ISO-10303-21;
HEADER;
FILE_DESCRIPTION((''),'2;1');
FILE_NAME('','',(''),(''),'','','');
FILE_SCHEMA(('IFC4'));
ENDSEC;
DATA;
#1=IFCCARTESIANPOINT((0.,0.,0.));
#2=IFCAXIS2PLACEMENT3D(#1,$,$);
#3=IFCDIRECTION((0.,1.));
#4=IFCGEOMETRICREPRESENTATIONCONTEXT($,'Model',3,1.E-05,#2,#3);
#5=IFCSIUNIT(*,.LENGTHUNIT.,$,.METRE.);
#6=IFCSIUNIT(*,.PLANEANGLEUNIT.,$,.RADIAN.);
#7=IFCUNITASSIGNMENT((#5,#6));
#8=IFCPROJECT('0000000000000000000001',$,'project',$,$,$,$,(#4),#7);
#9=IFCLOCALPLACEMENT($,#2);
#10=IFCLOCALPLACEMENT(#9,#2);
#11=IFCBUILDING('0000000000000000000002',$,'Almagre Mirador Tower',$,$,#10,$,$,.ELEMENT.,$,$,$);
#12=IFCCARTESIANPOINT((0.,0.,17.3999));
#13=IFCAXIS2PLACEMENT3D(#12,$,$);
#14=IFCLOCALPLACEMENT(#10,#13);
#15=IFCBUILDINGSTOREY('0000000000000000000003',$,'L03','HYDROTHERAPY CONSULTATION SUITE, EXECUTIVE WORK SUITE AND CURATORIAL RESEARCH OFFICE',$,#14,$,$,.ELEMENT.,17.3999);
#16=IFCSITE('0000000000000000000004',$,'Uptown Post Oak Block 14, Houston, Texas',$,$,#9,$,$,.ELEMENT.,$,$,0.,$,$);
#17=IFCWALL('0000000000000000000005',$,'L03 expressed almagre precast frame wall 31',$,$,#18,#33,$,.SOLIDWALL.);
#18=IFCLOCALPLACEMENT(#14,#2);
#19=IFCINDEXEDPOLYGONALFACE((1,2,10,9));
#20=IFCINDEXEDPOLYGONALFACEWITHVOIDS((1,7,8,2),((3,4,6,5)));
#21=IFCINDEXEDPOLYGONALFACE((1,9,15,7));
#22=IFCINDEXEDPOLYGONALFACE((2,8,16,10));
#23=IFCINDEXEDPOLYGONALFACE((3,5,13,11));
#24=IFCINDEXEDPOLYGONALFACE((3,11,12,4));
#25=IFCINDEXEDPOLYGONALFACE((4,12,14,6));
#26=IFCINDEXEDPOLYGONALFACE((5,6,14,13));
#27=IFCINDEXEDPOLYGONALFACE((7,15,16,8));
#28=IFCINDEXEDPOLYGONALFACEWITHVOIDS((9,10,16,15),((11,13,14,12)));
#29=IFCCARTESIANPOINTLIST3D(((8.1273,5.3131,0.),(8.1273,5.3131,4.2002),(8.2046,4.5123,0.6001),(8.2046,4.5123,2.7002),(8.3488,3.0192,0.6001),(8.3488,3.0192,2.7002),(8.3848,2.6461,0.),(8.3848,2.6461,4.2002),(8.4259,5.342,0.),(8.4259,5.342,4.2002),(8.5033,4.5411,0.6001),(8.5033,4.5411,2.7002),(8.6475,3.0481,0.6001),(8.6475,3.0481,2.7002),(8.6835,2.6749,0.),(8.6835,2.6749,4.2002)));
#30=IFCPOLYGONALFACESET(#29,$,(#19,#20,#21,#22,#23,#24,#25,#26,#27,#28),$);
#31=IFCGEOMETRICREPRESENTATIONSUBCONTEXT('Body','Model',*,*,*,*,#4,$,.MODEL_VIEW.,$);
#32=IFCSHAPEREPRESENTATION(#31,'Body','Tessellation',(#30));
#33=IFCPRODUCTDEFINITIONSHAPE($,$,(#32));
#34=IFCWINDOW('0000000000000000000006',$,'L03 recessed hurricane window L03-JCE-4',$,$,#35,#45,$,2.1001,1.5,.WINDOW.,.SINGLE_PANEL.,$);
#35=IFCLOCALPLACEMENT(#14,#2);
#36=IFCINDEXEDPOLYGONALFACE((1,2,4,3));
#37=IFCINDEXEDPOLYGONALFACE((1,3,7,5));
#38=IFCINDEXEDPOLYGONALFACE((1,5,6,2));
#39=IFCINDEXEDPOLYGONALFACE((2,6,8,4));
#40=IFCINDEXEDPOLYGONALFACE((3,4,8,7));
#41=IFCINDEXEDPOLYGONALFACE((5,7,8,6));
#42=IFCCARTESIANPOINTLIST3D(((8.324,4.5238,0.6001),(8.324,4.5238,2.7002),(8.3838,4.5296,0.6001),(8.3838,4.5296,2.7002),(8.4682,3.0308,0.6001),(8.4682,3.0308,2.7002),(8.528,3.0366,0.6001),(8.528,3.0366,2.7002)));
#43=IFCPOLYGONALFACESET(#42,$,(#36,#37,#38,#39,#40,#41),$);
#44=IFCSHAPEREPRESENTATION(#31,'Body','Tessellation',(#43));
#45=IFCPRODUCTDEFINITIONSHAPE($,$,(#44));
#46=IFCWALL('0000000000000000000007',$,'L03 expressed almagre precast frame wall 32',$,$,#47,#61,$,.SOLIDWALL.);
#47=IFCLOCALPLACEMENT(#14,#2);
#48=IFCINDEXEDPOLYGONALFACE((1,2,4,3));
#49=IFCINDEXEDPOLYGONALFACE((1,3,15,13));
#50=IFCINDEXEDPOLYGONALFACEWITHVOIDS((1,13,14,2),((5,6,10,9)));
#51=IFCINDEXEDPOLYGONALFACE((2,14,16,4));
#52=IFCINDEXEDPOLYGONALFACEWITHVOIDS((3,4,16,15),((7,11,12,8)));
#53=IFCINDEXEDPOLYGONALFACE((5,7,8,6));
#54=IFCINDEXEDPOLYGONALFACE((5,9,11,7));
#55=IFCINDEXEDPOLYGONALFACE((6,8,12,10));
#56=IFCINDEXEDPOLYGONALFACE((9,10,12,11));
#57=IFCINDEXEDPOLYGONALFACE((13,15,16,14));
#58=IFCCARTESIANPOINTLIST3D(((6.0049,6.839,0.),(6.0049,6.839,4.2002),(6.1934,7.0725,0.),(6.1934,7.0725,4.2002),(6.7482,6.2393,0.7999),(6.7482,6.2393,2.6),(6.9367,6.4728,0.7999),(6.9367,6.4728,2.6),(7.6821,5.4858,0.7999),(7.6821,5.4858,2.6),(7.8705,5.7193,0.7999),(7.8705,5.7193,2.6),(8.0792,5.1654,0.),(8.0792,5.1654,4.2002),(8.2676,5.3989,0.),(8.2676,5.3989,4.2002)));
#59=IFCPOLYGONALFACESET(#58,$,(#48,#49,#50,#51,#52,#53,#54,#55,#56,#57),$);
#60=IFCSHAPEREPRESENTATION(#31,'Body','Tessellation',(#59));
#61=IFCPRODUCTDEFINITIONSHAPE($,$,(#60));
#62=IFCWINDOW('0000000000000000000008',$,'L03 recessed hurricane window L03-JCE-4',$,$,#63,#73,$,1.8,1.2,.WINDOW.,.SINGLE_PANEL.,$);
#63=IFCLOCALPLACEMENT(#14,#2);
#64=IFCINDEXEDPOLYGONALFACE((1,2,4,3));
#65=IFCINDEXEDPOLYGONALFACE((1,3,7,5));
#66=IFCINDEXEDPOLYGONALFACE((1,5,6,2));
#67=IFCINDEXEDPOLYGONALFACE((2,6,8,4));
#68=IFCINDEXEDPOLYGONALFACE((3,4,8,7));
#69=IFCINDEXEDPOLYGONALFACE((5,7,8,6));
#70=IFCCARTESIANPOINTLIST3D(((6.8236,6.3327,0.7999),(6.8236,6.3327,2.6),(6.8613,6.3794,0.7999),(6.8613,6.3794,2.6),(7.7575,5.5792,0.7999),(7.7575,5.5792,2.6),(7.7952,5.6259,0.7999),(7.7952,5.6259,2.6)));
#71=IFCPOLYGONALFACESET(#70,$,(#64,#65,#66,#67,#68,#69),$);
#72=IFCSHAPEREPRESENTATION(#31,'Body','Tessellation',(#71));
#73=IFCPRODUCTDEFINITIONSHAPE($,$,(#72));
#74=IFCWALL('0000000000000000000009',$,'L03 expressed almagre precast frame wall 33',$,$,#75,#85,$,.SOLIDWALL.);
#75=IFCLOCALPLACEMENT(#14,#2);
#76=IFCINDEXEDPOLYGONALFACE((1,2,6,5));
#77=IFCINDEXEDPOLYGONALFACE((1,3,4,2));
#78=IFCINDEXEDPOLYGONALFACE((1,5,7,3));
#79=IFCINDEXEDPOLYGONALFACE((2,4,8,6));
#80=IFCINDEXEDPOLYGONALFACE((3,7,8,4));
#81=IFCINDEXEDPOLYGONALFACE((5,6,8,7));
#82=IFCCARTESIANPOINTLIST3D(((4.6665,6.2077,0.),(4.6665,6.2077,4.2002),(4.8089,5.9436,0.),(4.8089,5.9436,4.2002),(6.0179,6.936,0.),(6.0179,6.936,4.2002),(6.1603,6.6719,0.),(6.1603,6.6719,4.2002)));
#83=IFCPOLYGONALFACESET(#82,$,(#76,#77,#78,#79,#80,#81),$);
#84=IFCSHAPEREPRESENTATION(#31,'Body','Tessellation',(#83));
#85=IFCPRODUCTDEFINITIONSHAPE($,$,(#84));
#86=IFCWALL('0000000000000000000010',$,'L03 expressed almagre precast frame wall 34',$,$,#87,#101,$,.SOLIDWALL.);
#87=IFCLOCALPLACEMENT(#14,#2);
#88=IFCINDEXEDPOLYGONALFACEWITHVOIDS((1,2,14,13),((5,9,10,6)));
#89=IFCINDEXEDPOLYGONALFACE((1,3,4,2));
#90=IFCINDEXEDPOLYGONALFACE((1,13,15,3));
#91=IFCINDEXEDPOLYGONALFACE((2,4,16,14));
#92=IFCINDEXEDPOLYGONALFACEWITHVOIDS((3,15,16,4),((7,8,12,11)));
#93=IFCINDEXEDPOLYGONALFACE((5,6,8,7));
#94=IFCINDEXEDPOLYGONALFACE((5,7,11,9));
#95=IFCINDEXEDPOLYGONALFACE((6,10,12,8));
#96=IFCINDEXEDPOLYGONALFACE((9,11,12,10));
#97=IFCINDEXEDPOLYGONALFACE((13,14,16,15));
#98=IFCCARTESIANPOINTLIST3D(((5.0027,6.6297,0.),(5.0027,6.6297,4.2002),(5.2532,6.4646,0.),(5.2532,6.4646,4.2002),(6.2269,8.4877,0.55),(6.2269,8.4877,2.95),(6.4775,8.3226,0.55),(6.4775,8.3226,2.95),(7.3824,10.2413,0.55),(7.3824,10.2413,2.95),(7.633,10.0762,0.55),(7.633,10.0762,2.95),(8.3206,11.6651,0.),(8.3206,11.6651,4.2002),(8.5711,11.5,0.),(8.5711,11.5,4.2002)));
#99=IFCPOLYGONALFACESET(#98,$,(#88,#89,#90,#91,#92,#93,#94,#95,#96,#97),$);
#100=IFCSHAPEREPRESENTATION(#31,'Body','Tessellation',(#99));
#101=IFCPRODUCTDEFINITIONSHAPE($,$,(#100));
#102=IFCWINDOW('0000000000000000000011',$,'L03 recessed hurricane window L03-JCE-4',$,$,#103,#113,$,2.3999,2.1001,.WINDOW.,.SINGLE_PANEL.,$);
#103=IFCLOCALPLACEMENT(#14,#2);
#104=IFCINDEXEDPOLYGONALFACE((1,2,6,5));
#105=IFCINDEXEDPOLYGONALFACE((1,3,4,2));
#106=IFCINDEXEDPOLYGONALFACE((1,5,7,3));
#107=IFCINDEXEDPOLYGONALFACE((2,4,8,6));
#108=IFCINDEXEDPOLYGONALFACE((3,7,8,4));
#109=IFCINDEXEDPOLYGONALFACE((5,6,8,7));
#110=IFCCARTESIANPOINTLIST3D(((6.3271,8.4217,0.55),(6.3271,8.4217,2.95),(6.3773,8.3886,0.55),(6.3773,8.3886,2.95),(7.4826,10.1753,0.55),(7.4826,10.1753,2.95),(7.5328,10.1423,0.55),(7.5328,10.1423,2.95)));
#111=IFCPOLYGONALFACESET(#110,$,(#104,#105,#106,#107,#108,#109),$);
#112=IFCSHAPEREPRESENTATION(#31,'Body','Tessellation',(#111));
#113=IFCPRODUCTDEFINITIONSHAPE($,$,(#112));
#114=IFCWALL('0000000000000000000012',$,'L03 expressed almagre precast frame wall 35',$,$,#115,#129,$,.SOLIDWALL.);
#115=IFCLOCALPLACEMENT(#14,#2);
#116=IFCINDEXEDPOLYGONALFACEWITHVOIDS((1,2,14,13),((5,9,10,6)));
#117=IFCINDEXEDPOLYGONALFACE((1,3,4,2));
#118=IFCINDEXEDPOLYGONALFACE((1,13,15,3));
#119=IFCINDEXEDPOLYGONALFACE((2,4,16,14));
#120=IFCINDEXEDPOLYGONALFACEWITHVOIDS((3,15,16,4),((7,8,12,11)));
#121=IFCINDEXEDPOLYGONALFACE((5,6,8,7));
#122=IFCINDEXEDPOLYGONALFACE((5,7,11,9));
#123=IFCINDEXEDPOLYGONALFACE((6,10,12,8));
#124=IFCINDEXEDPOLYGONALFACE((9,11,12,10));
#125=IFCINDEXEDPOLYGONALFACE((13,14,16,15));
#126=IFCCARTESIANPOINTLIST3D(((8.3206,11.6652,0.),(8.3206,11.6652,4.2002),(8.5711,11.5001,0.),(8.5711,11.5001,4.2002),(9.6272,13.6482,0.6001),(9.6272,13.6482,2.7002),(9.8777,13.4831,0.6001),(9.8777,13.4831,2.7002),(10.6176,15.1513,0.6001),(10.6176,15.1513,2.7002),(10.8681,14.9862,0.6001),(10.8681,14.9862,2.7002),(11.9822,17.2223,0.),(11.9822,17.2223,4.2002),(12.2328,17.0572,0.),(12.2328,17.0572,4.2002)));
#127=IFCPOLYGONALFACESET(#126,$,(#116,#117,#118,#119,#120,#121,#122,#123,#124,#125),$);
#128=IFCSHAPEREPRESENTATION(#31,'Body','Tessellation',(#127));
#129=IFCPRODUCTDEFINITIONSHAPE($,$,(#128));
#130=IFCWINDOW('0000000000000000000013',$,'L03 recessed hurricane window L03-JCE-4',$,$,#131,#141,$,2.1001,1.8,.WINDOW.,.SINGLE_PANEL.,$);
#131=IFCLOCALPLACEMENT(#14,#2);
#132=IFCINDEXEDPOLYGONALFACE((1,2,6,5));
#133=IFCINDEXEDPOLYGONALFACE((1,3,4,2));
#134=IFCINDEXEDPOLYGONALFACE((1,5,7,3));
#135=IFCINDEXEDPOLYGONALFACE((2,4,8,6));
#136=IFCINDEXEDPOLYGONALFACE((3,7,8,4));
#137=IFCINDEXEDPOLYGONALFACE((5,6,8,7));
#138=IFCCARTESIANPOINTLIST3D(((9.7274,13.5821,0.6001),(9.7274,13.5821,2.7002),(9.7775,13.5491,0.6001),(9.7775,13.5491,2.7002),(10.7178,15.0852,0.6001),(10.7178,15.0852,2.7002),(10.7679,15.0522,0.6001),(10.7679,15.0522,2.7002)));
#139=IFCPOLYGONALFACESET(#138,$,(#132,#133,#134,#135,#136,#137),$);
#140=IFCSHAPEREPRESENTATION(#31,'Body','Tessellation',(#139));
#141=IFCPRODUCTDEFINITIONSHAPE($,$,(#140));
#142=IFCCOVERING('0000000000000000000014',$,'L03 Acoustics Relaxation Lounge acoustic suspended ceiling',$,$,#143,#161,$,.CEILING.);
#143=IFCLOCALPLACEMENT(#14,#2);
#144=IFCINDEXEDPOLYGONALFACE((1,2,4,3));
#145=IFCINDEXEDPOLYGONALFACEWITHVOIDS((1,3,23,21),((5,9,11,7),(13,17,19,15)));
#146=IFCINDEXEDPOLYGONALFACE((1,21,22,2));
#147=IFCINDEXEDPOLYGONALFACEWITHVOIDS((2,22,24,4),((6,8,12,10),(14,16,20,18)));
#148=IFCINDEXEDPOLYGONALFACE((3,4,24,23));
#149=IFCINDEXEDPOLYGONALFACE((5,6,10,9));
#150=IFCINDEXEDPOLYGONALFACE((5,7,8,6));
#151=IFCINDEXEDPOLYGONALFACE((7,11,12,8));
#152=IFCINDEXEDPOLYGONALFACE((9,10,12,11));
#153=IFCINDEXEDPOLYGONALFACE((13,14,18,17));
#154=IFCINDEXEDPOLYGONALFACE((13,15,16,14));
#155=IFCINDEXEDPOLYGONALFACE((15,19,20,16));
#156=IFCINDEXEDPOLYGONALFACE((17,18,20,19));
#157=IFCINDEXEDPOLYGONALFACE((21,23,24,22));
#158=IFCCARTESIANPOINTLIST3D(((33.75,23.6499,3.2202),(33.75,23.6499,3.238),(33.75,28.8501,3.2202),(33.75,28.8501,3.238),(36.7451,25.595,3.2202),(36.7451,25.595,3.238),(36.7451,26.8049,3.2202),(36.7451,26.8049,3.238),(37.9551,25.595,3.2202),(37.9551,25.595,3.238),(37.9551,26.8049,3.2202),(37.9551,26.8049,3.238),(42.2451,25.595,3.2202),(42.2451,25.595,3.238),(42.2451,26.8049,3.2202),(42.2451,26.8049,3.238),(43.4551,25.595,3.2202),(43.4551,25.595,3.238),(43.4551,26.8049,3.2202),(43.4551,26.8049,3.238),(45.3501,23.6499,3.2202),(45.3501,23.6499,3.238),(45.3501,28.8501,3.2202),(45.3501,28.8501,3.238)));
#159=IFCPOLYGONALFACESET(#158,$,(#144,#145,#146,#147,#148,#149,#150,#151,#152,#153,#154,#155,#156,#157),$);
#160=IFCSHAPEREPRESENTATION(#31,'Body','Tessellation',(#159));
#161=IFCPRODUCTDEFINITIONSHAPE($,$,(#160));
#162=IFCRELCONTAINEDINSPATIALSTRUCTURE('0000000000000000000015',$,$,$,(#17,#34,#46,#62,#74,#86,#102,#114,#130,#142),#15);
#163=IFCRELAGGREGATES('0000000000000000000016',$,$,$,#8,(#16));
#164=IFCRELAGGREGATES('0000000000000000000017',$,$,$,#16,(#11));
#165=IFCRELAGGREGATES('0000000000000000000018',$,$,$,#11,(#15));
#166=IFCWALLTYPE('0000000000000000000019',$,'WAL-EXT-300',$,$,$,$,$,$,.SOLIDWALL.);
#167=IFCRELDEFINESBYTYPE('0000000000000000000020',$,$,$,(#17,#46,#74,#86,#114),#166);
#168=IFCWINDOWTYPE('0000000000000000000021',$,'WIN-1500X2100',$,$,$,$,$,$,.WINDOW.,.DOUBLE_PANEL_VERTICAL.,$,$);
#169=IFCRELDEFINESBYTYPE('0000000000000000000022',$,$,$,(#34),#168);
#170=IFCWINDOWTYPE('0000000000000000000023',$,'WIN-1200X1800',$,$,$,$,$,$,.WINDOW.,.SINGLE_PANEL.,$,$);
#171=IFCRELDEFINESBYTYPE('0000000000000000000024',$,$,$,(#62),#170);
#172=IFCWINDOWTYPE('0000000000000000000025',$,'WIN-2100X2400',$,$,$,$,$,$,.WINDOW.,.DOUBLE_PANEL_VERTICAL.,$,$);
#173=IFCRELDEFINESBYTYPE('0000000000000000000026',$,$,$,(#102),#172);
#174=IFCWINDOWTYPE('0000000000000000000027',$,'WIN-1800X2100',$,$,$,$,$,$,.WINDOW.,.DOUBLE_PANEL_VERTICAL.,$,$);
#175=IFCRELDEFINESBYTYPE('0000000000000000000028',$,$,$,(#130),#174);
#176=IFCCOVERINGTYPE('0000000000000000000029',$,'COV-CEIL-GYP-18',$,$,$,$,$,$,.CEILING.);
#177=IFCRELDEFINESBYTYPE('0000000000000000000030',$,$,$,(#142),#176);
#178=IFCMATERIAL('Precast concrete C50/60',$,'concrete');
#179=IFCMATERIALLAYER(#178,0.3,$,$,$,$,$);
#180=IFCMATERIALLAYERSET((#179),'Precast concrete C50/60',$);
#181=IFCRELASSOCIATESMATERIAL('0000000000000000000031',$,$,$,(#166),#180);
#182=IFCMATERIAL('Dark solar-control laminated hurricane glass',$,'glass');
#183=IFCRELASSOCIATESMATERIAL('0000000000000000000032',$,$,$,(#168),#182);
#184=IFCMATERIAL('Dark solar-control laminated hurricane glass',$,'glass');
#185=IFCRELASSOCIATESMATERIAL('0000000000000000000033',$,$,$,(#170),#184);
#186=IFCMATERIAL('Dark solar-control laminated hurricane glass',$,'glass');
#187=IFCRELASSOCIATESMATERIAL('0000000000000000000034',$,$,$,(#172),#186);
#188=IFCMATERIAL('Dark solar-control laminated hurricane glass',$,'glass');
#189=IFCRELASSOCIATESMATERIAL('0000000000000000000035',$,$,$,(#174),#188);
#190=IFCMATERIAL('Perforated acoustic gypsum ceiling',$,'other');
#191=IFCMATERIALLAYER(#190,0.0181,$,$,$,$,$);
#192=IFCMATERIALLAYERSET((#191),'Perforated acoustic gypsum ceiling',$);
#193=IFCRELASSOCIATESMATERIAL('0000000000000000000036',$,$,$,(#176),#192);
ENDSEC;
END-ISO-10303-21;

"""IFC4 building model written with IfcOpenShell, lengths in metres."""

from ifc_helpers import new_model, si_unit, direction, frame, frame_2d, origin, place, context, subcontext, project, spatial, polyline, rectangle, outline, extrude, material, layer, layer_set, type_object, element, fill, save


model = new_model("IFC4")

# Units and contexts
model_context = context("Model", 3, precision=1e-05, world=origin(), true_north=direction((0.0, 1.0)))
body_context = subcontext(model_context, "Body", "Model", "MODEL_VIEW")
ifc_project = project(units=[si_unit("LENGTHUNIT", "METRE"), si_unit("PLANEANGLEUNIT", "RADIAN")], contexts=[model_context])

# Site, building, storey
site_placement = place(None, origin())
site = spatial("IfcSite", under=ifc_project, at=site_placement, Name="Uptown Post Oak Block 14, Houston, Texas", CompositionType="ELEMENT", RefElevation=0.0)
building_placement = place(site_placement, origin())
building = spatial("IfcBuilding", under=site, at=building_placement, Name="Almagre Mirador Tower", CompositionType="ELEMENT")
storey_placement = place(building_placement, frame((0.0, 0.0, 17.3999)))
storey = spatial("IfcBuildingStorey", under=building, at=storey_placement, Name="L03", Description="HYDROTHERAPY CONSULTATION SUITE, EXECUTIVE WORK SUITE AND CURATORIAL RESEARCH OFFICE", CompositionType="ELEMENT", Elevation=17.3999)

# Shared definitions
ifc_material_1 = material(Name="Precast concrete C50/60", Category="concrete")
ifc_layer_1 = layer(ifc_material_1, 0.3)
ifc_layer_set_1 = layer_set([ifc_layer_1], Name="Precast concrete C50/60")
wall_type = type_object("IfcWallType", Name="WAL-EXT-300", PredefinedType="SOLIDWALL", material=ifc_layer_set_1)

# Walls, openings, windows
wall_1_placement = place(storey_placement, frame((8.5342, 2.6604, 0.0), z_axis=(0.0, 0.0, 1.0), x_axis=(-0.096129, 0.995369, 0.0)))
wall_1 = element("IfcWall", 1, at=wall_1_placement, inside=storey, type_object=wall_type, Name="L03 expressed almagre precast frame wall 31", PredefinedType="SOLIDWALL", context=body_context, shape_type="SweptSolid", body=[
    extrude(rectangle(XDim=2.6794, YDim=0.3, at=frame_2d((1.3398, 0.0))), origin(), (0.0, 0.0, 1.0), 4.2002),
])
opening_1_placement = place(wall_1_placement, frame((0.375, 0.0, 0.6001)))
opening_1 = element("IfcOpeningElement", 2, at=opening_1_placement, cuts=wall_1, PredefinedType="OPENING", context=body_context, shape_type="SweptSolid", body=[
    extrude(rectangle(XDim=1.5, YDim=2.1001, at=frame_2d((0.75, 1.05))), frame((0.0, 0.1599, 0.0), z_axis=(0.0, -1.0, 0.0), x_axis=(1.0, 0.0, 0.0)), (0.0, 0.0, 1.0), 0.32),
])
ifc_material_2 = material(Name="Dark solar-control laminated hurricane glass", Category="glass")
window_type_1 = type_object("IfcWindowType", Name="WIN-1500X2100", PartitioningType="DOUBLE_PANEL_VERTICAL", PredefinedType="WINDOW", material=ifc_material_2)
window_1_placement = place(opening_1_placement, origin())
window_1 = element("IfcWindow", 3, at=window_1_placement, inside=storey, type_object=window_type_1, Name="L03 recessed hurricane window L03-JCE-4", OverallHeight=2.1001, OverallWidth=1.5, PartitioningType="SINGLE_PANEL", PredefinedType="WINDOW", context=body_context, shape_type="SweptSolid", body=[
    extrude(rectangle(XDim=1.5, YDim=2.1001, at=frame_2d((0.75, 1.05))), frame((0.0, 0.03, 0.0), z_axis=(0.0, -1.0, 0.0), x_axis=(1.0, 0.0, 0.0)), (0.0, 0.0, 1.0), 0.0601),
])
fill(opening_1, window_1)
wall_2_placement = place(storey_placement, frame((8.1733, 5.2822, 0.0), z_axis=(0.0, 0.0, 1.0), x_axis=(-0.778261, 0.62794, 0.0)))
wall_2 = element("IfcWall", 4, at=wall_2_placement, inside=storey, type_object=wall_type, Name="L03 expressed almagre precast frame wall 32", PredefinedType="SOLIDWALL", context=body_context, shape_type="SweptSolid", body=[
    extrude(rectangle(XDim=2.6653, YDim=0.3, at=frame_2d((1.3325, 0.0))), origin(), (0.0, 0.0, 1.0), 4.2002),
])
opening_2_placement = place(wall_2_placement, frame((0.51, 0.0, 0.8)))
opening_2 = element("IfcOpeningElement", 5, at=opening_2_placement, cuts=wall_2, PredefinedType="OPENING", context=body_context, shape_type="SweptSolid", body=[
    extrude(rectangle(XDim=1.2, YDim=1.8, at=frame_2d((0.6001, 0.8999))), frame((0.0, 0.1599, 0.0), z_axis=(0.0, -1.0, 0.0), x_axis=(1.0, 0.0, 0.0)), (0.0, 0.0, 1.0), 0.32),
])
ifc_material_3 = material(Name="Dark solar-control laminated hurricane glass", Category="glass")
window_type_2 = type_object("IfcWindowType", Name="WIN-1200X1800", PartitioningType="SINGLE_PANEL", PredefinedType="WINDOW", material=ifc_material_3)
window_2_placement = place(opening_2_placement, origin())
window_2 = element("IfcWindow", 6, at=window_2_placement, inside=storey, type_object=window_type_2, Name="L03 recessed hurricane window L03-JCE-4", OverallHeight=1.8, OverallWidth=1.2, PartitioningType="SINGLE_PANEL", PredefinedType="WINDOW", context=body_context, shape_type="SweptSolid", body=[
    extrude(rectangle(XDim=1.2, YDim=1.8, at=frame_2d((0.6001, 0.8999))), frame((0.0, 0.03, 0.0), z_axis=(0.0, -1.0, 0.0), x_axis=(1.0, 0.0, 0.0)), (0.0, 0.0, 1.0), 0.0601),
])
fill(opening_2, window_2)

# Wall
wall_3_placement = place(storey_placement, frame((6.0891, 6.804, 0.0), z_axis=(0.0, 0.0, 1.0), x_axis=(-0.880297, -0.474422, 0.0)))
element("IfcWall", 7, at=wall_3_placement, inside=storey, type_object=wall_type, Name="L03 expressed almagre precast frame wall 33", PredefinedType="SOLIDWALL", context=body_context, shape_type="SweptSolid", body=[
    extrude(rectangle(XDim=1.5352, YDim=0.3, at=frame_2d((0.7676, 0.0))), origin(), (0.0, 0.0, 1.0), 4.2002),
])

# Walls, openings, windows
wall_4_placement = place(storey_placement, frame((5.1279, 6.5471, 0.0), z_axis=(0.0, 0.0, 1.0), x_axis=(0.550208, 0.835028, 0.0)))
wall_4 = element("IfcWall", 8, at=wall_4_placement, inside=storey, type_object=wall_type, Name="L03 expressed almagre precast frame wall 34", PredefinedType="SOLIDWALL", context=body_context, shape_type="SweptSolid", body=[
    extrude(rectangle(XDim=6.0303, YDim=0.3, at=frame_2d((3.0151, 0.0))), origin(), (0.0, 0.0, 1.0), 4.2002),
])
opening_3_placement = place(wall_4_placement, frame((2.2251, 0.0, 0.55)))
opening_3 = element("IfcOpeningElement", 9, at=opening_3_placement, cuts=wall_4, PredefinedType="OPENING", context=body_context, shape_type="SweptSolid", body=[
    extrude(rectangle(XDim=2.1001, YDim=2.3999, at=frame_2d((1.05, 1.2))), frame((0.0, 0.1599, 0.0), z_axis=(0.0, -1.0, 0.0), x_axis=(1.0, 0.0, 0.0)), (0.0, 0.0, 1.0), 0.32),
])
ifc_material_4 = material(Name="Dark solar-control laminated hurricane glass", Category="glass")
window_type_3 = type_object("IfcWindowType", Name="WIN-2100X2400", PartitioningType="DOUBLE_PANEL_VERTICAL", PredefinedType="WINDOW", material=ifc_material_4)
window_3_placement = place(opening_3_placement, origin())
window_3 = element("IfcWindow", 10, at=window_3_placement, inside=storey, type_object=window_type_3, Name="L03 recessed hurricane window L03-JCE-4", OverallHeight=2.3999, OverallWidth=2.1001, PartitioningType="SINGLE_PANEL", PredefinedType="WINDOW", context=body_context, shape_type="SweptSolid", body=[
    extrude(rectangle(XDim=2.1001, YDim=2.3999, at=frame_2d((1.05, 1.2))), frame((0.0, 0.03, 0.0), z_axis=(0.0, -1.0, 0.0), x_axis=(1.0, 0.0, 0.0)), (0.0, 0.0, 1.0), 0.0601),
])
fill(opening_3, window_3)
wall_5_placement = place(storey_placement, frame((8.4458, 11.5825, 0.0), z_axis=(0.0, 0.0, 1.0), x_axis=(0.550205, 0.835029, 0.0)))
wall_5 = element("IfcWall", 11, at=wall_5_placement, inside=storey, type_object=wall_type, Name="L03 expressed almagre precast frame wall 35", PredefinedType="SOLIDWALL", context=body_context, shape_type="SweptSolid", body=[
    extrude(rectangle(XDim=6.655, YDim=0.3, at=frame_2d((3.3276, 0.0))), origin(), (0.0, 0.0, 1.0), 4.2002),
])
opening_4_placement = place(wall_5_placement, frame((2.375, 0.0, 0.6001)))
opening_4 = element("IfcOpeningElement", 12, at=opening_4_placement, cuts=wall_5, PredefinedType="OPENING", context=body_context, shape_type="SweptSolid", body=[
    extrude(rectangle(XDim=1.8, YDim=2.1001, at=frame_2d((0.8999, 1.05))), frame((0.0, 0.1599, 0.0), z_axis=(0.0, -1.0, 0.0), x_axis=(1.0, 0.0, 0.0)), (0.0, 0.0, 1.0), 0.32),
])
ifc_material_5 = material(Name="Dark solar-control laminated hurricane glass", Category="glass")
window_type_4 = type_object("IfcWindowType", Name="WIN-1800X2100", PartitioningType="DOUBLE_PANEL_VERTICAL", PredefinedType="WINDOW", material=ifc_material_5)
window_4_placement = place(opening_4_placement, origin())
window_4 = element("IfcWindow", 13, at=window_4_placement, inside=storey, type_object=window_type_4, Name="L03 recessed hurricane window L03-JCE-4", OverallHeight=2.1001, OverallWidth=1.8, PartitioningType="SINGLE_PANEL", PredefinedType="WINDOW", context=body_context, shape_type="SweptSolid", body=[
    extrude(rectangle(XDim=1.8, YDim=2.1001, at=frame_2d((0.8999, 1.05))), frame((0.0, 0.03, 0.0), z_axis=(0.0, -1.0, 0.0), x_axis=(1.0, 0.0, 0.0)), (0.0, 0.0, 1.0), 0.0601),
])
fill(opening_4, window_4)

# Covering
ifc_material_6 = material(Name="Perforated acoustic gypsum ceiling", Category="other")
ifc_layer_2 = layer(ifc_material_6, 0.0181)
ifc_layer_set_2 = layer_set([ifc_layer_2], Name="Perforated acoustic gypsum ceiling")
covering_type_1 = type_object("IfcCoveringType", Name="COV-CEIL-GYP-18", PredefinedType="CEILING", material=ifc_layer_set_2)
covering_1_placement = place(storey_placement, frame((0.0, 0.0, 3.2202)))
element("IfcCovering", 14, at=covering_1_placement, inside=storey, type_object=covering_type_1, Name="L03 Acoustics Relaxation Lounge acoustic suspended ceiling", PredefinedType="CEILING", context=body_context, shape_type="SweptSolid", body=[
    extrude(outline(polyline([(45.3501, 28.8501), (45.3501, 23.6499), (33.75, 23.6499), (33.75, 28.8501), (45.3501, 28.8501)]), holes=[polyline([(36.7451, 25.595), (36.7451, 26.8049), (37.9551, 26.8049), (37.9551, 25.595), (36.7451, 25.595)]), polyline([(42.2451, 25.595), (42.2451, 26.8049), (43.4551, 26.8049), (43.4551, 25.595), (42.2451, 25.595)])]), origin(), (0.0, 0.0, 1.0), 0.0178),
])

save(model, "model.ifc")
